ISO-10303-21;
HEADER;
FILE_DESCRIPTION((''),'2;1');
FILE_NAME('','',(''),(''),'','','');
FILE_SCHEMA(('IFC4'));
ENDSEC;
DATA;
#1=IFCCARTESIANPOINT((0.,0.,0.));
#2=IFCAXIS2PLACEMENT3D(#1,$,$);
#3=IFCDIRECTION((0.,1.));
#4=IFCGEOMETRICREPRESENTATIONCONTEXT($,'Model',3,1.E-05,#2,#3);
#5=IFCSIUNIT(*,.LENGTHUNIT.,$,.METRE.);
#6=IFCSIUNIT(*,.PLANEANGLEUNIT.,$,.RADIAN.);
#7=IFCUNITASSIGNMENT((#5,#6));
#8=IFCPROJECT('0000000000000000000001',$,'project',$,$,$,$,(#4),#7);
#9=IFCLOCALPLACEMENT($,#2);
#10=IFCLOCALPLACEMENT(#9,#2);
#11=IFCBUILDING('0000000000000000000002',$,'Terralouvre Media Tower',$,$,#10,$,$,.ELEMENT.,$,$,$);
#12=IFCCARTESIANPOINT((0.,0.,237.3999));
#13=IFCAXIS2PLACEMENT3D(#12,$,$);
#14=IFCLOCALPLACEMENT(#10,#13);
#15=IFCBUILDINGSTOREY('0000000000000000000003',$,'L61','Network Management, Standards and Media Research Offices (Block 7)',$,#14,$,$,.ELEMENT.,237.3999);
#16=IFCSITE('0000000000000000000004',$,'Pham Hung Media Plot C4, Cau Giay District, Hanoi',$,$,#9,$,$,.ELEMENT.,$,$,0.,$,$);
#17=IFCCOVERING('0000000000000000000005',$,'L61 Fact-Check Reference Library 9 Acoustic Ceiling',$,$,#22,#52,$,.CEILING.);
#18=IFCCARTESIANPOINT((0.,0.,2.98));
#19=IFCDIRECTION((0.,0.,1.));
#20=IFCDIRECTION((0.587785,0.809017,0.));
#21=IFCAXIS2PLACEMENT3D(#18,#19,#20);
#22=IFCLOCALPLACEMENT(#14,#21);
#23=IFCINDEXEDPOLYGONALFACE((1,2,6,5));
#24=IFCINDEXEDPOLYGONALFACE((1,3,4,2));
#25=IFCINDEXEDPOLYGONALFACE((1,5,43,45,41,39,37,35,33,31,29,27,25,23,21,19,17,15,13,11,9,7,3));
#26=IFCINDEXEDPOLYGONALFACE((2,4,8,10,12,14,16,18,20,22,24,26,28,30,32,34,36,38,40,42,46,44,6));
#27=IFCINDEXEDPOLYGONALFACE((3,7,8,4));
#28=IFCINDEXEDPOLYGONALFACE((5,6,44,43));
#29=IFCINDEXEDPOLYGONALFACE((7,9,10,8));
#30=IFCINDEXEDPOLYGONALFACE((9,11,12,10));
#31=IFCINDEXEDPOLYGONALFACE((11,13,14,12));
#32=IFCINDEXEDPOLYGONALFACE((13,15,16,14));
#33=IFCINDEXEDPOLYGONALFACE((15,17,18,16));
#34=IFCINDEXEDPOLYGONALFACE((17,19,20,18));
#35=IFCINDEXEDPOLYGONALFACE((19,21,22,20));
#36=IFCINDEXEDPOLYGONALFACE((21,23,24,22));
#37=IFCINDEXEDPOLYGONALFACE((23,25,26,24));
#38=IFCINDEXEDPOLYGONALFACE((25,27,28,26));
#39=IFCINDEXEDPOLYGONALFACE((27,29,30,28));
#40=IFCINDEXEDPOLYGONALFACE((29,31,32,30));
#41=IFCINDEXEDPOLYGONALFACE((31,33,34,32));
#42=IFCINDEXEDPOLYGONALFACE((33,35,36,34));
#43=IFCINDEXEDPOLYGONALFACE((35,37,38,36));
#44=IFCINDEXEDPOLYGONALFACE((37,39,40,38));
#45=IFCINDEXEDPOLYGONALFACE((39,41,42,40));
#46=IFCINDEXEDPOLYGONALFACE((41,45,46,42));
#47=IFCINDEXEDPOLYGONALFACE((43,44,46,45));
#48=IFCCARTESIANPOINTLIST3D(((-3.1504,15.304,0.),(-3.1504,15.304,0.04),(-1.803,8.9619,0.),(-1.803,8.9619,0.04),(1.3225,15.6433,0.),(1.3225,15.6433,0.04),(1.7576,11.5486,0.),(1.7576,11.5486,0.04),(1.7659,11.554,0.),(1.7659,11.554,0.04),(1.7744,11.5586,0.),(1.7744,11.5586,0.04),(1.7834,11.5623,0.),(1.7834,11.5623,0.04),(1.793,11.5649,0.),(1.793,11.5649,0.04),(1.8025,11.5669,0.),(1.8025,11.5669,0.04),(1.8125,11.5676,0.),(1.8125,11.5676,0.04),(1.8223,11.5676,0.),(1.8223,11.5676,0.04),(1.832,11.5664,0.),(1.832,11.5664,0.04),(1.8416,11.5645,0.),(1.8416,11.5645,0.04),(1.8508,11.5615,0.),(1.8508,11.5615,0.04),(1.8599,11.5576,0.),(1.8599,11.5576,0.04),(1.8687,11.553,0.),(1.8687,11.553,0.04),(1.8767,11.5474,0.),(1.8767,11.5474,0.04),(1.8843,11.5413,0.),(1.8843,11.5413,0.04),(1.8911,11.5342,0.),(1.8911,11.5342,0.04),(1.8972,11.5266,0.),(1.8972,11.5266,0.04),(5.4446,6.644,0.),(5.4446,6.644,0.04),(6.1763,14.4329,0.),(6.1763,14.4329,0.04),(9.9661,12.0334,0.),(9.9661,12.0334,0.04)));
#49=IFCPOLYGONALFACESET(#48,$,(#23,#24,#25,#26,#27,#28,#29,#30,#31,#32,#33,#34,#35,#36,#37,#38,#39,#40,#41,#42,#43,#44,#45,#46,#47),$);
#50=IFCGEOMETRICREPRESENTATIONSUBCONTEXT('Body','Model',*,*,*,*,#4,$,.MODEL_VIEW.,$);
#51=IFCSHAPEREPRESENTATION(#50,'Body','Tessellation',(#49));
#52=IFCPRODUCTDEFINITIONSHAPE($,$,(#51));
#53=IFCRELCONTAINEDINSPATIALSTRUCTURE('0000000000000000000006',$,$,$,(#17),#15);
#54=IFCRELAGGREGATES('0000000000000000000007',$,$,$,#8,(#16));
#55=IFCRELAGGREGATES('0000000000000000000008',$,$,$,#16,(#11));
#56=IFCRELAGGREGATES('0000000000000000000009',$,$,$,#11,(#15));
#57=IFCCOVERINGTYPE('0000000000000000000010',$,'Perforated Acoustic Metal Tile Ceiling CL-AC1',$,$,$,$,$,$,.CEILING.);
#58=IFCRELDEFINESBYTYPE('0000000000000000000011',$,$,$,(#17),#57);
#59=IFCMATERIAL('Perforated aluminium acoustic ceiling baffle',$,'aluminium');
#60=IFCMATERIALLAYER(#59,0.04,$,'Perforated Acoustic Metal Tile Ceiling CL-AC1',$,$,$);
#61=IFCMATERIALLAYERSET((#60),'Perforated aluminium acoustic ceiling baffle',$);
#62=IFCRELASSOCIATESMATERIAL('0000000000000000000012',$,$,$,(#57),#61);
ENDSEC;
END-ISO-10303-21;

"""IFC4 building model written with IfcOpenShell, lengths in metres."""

from ifc_helpers import new_model, si_unit, direction, frame, origin, place, context, subcontext, project, spatial, polyline, outline, extrude, material, layer, layer_set, type_object, element, save


model = new_model("IFC4")

# Units and contexts
model_context = context("Model", 3, precision=1e-05, world=origin(), true_north=direction((0.0, 1.0)))
body_context = subcontext(model_context, "Body", "Model", "MODEL_VIEW")
ifc_project = project(units=[si_unit("LENGTHUNIT", "METRE"), si_unit("PLANEANGLEUNIT", "RADIAN")], contexts=[model_context])

# Site, building, storey
site_placement = place(None, origin())
site = spatial("IfcSite", under=ifc_project, at=site_placement, Name="Pham Hung Media Plot C4, Cau Giay District, Hanoi", CompositionType="ELEMENT", RefElevation=0.0)
building_placement = place(site_placement, origin())
building = spatial("IfcBuilding", under=site, at=building_placement, Name="Terralouvre Media Tower", CompositionType="ELEMENT")
storey_placement = place(building_placement, frame((0.0, 0.0, 237.3999)))
storey = spatial("IfcBuildingStorey", under=building, at=storey_placement, Name="L61", Description="Network Management, Standards and Media Research Offices (Block 7)", CompositionType="ELEMENT", Elevation=237.3999)

# Covering
ifc_material_1 = material(Name="Perforated aluminium acoustic ceiling baffle", Category="aluminium")
ifc_layer_1 = layer(ifc_material_1, 0.04, Name="Perforated Acoustic Metal Tile Ceiling CL-AC1")
ifc_layer_set_1 = layer_set([ifc_layer_1], Name="Perforated aluminium acoustic ceiling baffle")
covering_type = type_object("IfcCoveringType", Name="Perforated Acoustic Metal Tile Ceiling CL-AC1", PredefinedType="CEILING", material=ifc_layer_set_1)
covering_placement = place(storey_placement, frame((0.0, 0.0, 2.98), z_axis=(0.0, 0.0, 1.0), x_axis=(0.587785, 0.809017, 0.0)))
element("IfcCovering", 1, at=covering_placement, inside=storey, type_object=covering_type, Name="L61 Fact-Check Reference Library 9 Acoustic Ceiling", PredefinedType="CEILING", context=body_context, shape_type="SweptSolid", body=[
    extrude(outline(polyline([(6.1763, 14.4329), (1.3225, 15.6433), (-3.1504, 15.304), (-1.803, 8.9619), (1.7576, 11.5486), (1.7659, 11.554), (1.7744, 11.5586), (1.7834, 11.5623), (1.793, 11.5649), (1.8025, 11.5669), (1.8125, 11.5676), (1.8223, 11.5676), (1.832, 11.5664), (1.8416, 11.5645), (1.8508, 11.5615), (1.8599, 11.5576), (1.8687, 11.553), (1.8767, 11.5474), (1.8843, 11.5413), (1.8911, 11.5342), (1.8972, 11.5266), (5.4446, 6.644), (9.9661, 12.0334), (6.1763, 14.4329)])), origin(), (0.0, 0.0, 1.0), 0.04),
])

save(model, "model.ifc")
